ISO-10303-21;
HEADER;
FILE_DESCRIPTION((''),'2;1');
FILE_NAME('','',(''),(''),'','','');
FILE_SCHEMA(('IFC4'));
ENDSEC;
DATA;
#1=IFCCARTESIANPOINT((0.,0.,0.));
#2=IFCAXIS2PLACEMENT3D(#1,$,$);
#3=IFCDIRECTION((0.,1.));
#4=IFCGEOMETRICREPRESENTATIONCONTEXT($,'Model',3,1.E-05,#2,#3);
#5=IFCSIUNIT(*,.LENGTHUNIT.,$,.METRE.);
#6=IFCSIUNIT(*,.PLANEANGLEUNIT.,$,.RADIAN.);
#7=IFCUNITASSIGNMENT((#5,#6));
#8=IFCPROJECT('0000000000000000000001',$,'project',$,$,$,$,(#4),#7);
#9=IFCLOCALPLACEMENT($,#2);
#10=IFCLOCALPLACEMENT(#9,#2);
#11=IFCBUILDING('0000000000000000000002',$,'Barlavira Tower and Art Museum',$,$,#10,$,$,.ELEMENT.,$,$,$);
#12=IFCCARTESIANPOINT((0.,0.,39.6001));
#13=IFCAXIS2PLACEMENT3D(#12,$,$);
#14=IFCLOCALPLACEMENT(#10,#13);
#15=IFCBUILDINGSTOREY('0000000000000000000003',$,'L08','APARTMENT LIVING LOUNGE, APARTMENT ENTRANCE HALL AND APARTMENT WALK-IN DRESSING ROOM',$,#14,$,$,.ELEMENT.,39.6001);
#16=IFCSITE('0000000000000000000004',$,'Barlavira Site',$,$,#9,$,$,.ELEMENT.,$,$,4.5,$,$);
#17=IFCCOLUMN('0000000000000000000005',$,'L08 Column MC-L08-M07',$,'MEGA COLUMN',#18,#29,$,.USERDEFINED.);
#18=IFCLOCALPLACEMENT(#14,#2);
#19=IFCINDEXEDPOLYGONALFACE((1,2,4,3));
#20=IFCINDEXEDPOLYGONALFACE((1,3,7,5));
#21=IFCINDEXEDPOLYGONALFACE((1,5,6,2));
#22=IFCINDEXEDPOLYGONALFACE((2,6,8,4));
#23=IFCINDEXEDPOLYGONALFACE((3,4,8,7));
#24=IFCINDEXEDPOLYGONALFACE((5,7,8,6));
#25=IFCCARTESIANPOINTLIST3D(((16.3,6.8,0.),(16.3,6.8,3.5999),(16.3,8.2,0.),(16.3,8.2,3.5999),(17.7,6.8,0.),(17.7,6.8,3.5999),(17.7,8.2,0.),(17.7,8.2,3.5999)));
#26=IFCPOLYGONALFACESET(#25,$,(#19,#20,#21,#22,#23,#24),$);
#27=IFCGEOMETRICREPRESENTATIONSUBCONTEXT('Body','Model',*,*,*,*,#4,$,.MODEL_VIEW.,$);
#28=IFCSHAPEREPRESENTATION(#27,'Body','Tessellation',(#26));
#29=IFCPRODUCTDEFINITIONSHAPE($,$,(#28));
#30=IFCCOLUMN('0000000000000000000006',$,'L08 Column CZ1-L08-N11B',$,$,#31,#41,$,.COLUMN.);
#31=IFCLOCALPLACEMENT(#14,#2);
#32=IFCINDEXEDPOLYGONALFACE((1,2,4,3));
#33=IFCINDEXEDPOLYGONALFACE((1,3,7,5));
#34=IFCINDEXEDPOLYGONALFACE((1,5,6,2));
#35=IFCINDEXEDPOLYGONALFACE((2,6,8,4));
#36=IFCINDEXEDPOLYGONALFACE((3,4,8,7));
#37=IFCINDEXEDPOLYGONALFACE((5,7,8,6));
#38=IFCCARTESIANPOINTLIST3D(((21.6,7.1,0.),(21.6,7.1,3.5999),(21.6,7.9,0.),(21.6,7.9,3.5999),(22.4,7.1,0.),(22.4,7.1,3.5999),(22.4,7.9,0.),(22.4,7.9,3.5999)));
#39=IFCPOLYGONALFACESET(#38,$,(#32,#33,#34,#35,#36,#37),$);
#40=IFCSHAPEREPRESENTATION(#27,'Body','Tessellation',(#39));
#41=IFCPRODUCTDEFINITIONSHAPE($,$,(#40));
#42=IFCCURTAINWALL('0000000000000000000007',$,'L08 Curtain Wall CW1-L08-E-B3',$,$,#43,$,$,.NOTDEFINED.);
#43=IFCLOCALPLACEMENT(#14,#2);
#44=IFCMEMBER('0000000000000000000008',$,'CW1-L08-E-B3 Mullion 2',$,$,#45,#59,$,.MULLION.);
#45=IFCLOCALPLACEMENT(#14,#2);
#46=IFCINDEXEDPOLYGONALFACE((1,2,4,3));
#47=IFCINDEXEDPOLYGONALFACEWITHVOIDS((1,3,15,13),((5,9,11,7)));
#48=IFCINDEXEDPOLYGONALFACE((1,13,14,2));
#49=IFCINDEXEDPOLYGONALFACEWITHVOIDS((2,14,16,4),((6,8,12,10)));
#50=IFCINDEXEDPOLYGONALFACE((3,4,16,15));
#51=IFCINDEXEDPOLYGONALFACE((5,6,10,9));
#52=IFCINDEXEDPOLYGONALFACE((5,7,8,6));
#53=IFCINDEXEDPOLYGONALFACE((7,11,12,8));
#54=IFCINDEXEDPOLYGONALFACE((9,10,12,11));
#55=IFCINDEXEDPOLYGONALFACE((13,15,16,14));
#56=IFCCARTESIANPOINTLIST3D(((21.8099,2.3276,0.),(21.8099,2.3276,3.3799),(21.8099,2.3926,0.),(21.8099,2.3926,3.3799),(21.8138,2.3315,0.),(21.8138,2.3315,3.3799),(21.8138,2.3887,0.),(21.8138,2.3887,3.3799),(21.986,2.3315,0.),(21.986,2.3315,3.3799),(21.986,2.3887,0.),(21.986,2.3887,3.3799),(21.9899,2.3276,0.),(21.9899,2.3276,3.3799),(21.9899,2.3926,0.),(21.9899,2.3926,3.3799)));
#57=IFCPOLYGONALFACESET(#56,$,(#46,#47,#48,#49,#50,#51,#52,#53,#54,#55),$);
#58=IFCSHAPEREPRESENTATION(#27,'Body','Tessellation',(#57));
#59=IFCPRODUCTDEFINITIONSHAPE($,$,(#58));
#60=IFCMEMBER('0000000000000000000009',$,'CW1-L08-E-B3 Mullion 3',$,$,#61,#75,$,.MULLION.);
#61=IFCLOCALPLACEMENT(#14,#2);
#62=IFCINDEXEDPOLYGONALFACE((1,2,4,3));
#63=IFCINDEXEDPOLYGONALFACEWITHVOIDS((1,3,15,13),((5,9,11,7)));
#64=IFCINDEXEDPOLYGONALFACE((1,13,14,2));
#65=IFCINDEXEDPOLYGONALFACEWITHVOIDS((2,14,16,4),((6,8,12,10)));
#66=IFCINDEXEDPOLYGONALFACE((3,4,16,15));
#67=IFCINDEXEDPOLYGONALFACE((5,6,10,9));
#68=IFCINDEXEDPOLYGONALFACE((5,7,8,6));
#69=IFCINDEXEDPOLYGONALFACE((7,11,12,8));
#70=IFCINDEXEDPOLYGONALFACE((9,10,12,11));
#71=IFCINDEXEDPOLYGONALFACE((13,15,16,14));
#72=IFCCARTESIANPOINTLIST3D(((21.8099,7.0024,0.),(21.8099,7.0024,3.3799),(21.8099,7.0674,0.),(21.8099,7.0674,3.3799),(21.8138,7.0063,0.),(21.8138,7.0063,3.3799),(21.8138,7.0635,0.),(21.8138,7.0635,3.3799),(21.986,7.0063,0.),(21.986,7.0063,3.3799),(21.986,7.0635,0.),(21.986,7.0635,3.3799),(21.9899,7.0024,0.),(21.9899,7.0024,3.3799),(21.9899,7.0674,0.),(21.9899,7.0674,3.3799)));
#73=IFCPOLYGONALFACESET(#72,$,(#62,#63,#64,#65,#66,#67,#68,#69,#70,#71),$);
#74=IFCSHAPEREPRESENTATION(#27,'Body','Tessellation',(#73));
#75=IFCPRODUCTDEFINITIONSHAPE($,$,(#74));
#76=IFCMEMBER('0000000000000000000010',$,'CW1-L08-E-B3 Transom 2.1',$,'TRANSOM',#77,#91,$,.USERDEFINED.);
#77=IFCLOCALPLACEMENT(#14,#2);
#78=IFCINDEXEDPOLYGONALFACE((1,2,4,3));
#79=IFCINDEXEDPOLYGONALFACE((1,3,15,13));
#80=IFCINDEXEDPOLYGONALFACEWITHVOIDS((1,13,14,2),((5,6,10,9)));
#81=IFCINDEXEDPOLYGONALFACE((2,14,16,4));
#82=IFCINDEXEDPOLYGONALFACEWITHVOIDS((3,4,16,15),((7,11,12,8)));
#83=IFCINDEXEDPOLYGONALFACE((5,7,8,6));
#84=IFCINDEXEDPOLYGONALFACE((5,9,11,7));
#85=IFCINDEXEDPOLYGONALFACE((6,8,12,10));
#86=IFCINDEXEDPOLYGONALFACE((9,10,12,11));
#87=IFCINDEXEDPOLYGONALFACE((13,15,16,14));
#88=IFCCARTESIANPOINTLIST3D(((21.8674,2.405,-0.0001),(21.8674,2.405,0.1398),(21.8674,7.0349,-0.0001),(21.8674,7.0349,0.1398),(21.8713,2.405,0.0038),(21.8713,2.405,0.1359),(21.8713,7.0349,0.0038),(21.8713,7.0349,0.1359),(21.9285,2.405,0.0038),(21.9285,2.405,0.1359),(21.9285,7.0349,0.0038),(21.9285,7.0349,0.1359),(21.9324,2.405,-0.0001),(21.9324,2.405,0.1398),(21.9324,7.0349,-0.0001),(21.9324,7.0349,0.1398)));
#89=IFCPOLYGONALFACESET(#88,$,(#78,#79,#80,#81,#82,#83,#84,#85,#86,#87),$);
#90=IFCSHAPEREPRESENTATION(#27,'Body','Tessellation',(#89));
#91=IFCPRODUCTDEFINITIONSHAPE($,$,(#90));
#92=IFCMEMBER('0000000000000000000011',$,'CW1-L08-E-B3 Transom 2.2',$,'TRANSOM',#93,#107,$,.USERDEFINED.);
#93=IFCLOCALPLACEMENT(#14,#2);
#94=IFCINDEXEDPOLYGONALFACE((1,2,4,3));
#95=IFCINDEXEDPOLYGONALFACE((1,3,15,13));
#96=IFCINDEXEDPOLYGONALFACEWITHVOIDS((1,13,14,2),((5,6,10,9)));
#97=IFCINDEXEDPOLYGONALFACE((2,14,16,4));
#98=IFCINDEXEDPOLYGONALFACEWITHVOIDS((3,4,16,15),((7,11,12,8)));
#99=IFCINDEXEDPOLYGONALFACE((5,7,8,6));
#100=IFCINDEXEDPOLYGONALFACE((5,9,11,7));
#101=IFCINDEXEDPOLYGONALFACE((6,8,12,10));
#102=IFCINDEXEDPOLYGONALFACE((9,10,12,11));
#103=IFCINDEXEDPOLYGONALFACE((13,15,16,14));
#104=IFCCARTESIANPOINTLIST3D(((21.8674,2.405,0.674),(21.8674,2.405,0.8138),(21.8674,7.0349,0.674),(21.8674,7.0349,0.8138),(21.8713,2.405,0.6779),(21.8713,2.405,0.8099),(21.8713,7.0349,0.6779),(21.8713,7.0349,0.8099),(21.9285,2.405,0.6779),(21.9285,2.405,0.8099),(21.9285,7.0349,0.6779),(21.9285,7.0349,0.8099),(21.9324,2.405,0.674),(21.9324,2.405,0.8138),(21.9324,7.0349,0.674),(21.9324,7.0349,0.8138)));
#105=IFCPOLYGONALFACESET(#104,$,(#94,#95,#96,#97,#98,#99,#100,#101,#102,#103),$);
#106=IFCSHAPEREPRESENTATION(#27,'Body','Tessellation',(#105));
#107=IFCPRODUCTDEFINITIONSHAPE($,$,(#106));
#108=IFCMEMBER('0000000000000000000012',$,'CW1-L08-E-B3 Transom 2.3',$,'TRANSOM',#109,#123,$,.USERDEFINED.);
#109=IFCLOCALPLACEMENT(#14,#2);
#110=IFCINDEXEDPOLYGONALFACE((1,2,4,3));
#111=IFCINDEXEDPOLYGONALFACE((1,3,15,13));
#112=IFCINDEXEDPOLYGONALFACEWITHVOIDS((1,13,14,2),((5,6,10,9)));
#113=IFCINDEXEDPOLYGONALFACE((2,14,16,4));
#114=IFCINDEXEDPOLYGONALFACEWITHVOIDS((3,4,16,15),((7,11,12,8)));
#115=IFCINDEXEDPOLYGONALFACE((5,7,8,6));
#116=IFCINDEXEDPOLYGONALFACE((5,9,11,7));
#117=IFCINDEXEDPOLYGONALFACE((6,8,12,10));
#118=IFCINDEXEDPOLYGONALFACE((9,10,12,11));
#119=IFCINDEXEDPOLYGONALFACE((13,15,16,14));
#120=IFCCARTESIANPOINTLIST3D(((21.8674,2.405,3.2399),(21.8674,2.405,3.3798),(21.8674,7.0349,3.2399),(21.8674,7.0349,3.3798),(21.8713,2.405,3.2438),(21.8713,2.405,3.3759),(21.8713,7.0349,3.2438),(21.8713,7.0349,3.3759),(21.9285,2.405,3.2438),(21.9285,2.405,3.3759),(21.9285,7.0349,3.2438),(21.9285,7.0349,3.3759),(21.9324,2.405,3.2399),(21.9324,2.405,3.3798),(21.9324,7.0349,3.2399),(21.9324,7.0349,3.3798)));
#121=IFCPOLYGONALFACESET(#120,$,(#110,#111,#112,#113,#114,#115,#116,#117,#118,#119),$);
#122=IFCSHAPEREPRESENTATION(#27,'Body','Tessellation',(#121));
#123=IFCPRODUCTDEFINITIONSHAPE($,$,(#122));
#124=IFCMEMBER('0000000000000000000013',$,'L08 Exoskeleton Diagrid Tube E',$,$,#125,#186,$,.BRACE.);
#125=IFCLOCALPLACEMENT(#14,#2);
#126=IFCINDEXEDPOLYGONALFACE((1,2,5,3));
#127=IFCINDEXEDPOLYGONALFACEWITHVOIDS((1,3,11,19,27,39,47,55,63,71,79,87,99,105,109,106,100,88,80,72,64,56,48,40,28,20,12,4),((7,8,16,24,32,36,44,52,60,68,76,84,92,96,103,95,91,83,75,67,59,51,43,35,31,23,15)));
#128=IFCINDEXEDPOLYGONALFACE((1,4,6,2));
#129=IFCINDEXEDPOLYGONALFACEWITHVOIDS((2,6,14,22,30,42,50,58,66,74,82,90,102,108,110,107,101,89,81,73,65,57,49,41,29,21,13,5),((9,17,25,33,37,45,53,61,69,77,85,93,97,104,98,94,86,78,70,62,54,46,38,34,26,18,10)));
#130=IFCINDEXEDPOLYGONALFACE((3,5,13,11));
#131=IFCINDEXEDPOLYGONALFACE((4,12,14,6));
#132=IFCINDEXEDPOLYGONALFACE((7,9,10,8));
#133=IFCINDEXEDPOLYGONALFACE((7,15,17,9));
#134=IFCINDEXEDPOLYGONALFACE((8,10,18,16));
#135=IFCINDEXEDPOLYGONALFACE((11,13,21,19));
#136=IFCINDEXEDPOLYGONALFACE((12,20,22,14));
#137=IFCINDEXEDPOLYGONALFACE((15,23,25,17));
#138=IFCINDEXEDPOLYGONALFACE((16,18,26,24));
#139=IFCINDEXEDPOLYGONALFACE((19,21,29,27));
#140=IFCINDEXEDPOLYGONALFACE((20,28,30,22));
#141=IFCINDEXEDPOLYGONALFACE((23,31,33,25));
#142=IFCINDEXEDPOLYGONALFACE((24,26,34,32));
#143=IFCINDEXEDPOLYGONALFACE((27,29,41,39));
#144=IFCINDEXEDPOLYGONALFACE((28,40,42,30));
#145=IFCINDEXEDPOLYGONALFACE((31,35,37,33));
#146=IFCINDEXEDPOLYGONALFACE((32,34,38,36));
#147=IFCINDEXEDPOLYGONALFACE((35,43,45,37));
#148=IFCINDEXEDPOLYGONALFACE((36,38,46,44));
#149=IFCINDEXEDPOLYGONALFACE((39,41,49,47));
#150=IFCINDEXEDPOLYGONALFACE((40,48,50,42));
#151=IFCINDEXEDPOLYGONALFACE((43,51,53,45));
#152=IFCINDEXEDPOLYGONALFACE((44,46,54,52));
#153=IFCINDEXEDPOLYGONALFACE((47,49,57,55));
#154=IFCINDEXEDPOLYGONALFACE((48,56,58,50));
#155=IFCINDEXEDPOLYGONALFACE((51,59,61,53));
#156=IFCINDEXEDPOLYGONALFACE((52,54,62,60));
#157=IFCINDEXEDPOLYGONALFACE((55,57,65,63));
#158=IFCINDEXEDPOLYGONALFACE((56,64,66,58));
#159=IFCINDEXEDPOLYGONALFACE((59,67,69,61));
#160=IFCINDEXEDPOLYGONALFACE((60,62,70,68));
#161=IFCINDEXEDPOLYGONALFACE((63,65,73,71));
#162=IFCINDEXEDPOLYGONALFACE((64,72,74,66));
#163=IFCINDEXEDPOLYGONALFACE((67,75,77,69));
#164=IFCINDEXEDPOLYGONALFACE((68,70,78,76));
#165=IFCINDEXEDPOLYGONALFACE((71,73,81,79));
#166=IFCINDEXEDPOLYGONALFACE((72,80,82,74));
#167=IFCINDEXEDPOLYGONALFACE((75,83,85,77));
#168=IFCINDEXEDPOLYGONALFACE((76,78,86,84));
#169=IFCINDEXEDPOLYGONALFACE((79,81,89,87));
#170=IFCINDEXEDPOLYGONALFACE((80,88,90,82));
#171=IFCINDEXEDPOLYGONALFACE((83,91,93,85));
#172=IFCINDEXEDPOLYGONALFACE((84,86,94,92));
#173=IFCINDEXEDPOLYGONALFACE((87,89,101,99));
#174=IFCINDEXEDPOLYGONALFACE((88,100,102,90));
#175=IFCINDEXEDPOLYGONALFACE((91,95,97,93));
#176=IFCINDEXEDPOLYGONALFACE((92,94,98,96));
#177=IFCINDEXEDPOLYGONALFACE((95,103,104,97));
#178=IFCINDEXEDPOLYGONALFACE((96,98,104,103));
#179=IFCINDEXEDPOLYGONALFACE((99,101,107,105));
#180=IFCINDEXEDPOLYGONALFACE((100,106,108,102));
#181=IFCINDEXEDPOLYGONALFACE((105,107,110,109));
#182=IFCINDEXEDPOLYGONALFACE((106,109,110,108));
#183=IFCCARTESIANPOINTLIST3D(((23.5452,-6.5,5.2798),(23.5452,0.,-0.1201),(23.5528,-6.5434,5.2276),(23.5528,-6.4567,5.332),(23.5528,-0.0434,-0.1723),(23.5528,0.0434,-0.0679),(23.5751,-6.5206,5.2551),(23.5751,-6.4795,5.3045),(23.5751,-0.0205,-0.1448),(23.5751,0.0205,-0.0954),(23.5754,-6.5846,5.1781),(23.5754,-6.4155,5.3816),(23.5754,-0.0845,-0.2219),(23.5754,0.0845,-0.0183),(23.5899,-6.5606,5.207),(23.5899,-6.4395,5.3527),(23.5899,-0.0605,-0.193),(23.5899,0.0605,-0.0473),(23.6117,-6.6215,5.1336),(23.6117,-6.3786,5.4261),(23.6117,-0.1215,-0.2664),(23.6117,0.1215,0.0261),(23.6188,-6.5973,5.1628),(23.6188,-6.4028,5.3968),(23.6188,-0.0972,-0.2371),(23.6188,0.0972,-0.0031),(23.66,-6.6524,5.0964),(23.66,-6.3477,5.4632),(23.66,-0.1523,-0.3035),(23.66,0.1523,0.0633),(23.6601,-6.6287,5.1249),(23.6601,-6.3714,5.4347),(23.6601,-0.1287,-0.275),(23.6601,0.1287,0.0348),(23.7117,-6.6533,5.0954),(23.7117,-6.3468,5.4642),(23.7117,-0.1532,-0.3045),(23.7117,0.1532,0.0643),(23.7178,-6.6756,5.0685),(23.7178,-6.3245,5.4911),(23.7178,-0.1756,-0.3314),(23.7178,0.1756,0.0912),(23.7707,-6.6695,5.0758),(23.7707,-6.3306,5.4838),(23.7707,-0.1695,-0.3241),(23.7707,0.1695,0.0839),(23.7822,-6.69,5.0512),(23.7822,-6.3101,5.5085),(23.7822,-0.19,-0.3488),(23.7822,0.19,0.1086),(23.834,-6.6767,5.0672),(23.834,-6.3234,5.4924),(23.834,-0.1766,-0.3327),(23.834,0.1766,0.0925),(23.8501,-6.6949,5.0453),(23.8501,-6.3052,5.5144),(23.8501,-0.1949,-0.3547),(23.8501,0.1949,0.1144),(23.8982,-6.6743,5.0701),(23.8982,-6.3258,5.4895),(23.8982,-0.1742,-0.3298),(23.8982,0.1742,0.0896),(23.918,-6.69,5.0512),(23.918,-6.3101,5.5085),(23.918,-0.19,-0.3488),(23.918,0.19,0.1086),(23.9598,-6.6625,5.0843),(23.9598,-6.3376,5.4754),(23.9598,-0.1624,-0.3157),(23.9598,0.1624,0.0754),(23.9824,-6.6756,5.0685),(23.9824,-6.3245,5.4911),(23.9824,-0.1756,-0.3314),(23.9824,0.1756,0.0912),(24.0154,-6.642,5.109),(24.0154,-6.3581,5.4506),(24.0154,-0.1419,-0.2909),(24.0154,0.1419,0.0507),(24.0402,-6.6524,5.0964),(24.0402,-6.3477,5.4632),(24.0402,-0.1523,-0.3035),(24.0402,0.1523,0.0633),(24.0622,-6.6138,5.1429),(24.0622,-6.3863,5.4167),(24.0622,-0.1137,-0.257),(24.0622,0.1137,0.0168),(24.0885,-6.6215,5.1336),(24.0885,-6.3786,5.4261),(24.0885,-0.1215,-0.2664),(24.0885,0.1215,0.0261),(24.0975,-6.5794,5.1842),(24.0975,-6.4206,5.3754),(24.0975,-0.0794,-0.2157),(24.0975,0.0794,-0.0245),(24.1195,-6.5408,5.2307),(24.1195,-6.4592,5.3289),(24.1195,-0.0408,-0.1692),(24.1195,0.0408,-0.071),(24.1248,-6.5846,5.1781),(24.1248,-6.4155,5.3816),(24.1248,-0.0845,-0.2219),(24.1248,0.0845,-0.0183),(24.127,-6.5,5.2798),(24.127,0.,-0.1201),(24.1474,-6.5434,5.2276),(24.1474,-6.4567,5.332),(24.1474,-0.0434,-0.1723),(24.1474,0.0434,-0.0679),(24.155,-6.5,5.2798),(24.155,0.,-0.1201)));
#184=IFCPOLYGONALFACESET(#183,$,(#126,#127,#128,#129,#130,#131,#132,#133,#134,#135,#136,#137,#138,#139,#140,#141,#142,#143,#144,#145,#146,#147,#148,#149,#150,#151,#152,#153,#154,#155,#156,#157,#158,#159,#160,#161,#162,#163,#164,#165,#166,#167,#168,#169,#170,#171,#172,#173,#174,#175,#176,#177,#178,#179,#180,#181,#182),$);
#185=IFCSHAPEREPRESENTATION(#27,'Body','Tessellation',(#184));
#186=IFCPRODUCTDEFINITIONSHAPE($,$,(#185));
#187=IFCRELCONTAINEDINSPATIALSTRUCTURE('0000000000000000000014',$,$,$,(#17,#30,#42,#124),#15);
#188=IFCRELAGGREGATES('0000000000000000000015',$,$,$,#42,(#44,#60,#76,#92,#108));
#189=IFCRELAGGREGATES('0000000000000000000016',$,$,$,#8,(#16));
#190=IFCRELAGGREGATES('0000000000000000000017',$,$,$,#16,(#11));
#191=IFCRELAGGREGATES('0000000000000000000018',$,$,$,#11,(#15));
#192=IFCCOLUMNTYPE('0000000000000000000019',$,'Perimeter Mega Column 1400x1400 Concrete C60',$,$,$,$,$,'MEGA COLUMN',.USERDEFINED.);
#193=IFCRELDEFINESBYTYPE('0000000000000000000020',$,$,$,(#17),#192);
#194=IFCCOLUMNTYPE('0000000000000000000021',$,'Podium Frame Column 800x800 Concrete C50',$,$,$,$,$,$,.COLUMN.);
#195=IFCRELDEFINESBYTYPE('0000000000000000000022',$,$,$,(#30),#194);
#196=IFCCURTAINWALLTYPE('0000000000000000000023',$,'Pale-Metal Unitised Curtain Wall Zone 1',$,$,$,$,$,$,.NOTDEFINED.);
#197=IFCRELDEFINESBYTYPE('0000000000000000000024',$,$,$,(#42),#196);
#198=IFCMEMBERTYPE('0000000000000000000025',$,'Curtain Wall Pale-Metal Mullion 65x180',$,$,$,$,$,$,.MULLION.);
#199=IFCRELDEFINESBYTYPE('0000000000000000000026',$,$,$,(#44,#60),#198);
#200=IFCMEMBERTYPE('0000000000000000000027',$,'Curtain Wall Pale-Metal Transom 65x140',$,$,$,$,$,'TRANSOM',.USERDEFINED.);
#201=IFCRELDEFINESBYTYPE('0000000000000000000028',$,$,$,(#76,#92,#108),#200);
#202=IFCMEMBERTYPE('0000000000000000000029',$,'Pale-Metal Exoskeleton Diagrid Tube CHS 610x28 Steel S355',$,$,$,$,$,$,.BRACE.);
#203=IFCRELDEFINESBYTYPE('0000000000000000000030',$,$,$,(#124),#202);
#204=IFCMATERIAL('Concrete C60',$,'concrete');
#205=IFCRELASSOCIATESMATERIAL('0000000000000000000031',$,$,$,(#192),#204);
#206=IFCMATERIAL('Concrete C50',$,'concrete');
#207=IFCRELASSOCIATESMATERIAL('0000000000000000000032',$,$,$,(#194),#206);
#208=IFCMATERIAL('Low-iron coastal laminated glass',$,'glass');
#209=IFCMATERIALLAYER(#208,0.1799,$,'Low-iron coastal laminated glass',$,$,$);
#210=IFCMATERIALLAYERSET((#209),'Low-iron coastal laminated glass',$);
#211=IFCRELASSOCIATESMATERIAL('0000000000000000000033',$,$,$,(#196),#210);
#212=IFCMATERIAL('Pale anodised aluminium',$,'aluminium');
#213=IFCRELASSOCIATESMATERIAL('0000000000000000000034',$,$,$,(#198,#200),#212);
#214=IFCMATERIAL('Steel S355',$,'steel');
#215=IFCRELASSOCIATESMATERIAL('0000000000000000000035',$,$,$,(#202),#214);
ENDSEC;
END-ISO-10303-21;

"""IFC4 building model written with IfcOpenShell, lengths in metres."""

from ifc_helpers import new_model, si_unit, direction, frame, origin, origin_2d, place, context, subcontext, project, spatial, rectangle, hollow_rectangle, hollow_circle, extrude, material, layer, layer_set, material_profile, profile_set, type_object, element, aggregate, save


model = new_model("IFC4")

# Units and contexts
model_context = context("Model", 3, precision=1e-05, world=origin(), true_north=direction((0.0, 1.0)))
body_context = subcontext(model_context, "Body", "Model", "MODEL_VIEW")
ifc_project = project(units=[si_unit("LENGTHUNIT", "METRE"), si_unit("PLANEANGLEUNIT", "RADIAN")], contexts=[model_context])

# Site, building, storey
site_placement = place(None, origin())
site = spatial("IfcSite", under=ifc_project, at=site_placement, Name="Barlavira Site", CompositionType="ELEMENT", RefElevation=4.5)
building_placement = place(site_placement, origin())
building = spatial("IfcBuilding", under=site, at=building_placement, Name="Barlavira Tower and Art Museum", CompositionType="ELEMENT")
storey_placement = place(building_placement, frame((0.0, 0.0, 39.6001)))
storey = spatial("IfcBuildingStorey", under=building, at=storey_placement, Name="L08", Description="APARTMENT LIVING LOUNGE, APARTMENT ENTRANCE HALL AND APARTMENT WALK-IN DRESSING ROOM", CompositionType="ELEMENT", Elevation=39.6001)

# Columns
ifc_material_1 = material(Name="Concrete C60", Category="concrete")
ifc_material_profile_1 = material_profile(ifc_material_1, rectangle(XDim=1.3999, YDim=1.3999, at=origin_2d()), Name="RC-MCOL 1400x1400")
ifc_profile_set_1 = profile_set([ifc_material_profile_1], Name="Concrete C60")
column_type_1 = type_object("IfcColumnType", Name="Perimeter Mega Column 1400x1400 Concrete C60", ElementType="MEGA COLUMN", PredefinedType="USERDEFINED", material=ifc_profile_set_1)
column_1_placement = place(storey_placement, frame((17.0, 7.5, 0.0), z_axis=(0.0, 0.0, 1.0), x_axis=(1.0, 0.0, 0.0)))
element("IfcColumn", 1, at=column_1_placement, inside=storey, type_object=column_type_1, Name="L08 Column MC-L08-M07", ObjectType="MEGA COLUMN", PredefinedType="USERDEFINED", context=body_context, shape_type="SweptSolid", body=[
    extrude(rectangle(XDim=1.3999, YDim=1.3999, at=origin_2d()), origin(), (0.0, 0.0, 1.0), 3.5999),
])
ifc_material_2 = material(Name="Concrete C50", Category="concrete")
ifc_material_profile_2 = material_profile(ifc_material_2, rectangle(XDim=0.8, YDim=0.8, at=origin_2d()), Name="RC-COL 800x800")
ifc_profile_set_2 = profile_set([ifc_material_profile_2], Name="Concrete C50")
column_type_2 = type_object("IfcColumnType", Name="Podium Frame Column 800x800 Concrete C50", PredefinedType="COLUMN", material=ifc_profile_set_2)
column_2_placement = place(storey_placement, frame((22.0, 7.5, 0.0), z_axis=(0.0, 0.0, 1.0), x_axis=(1.0, 0.0, 0.0)))
element("IfcColumn", 2, at=column_2_placement, inside=storey, type_object=column_type_2, Name="L08 Column CZ1-L08-N11B", PredefinedType="COLUMN", context=body_context, shape_type="SweptSolid", body=[
    extrude(rectangle(XDim=0.8, YDim=0.8, at=origin_2d()), origin(), (0.0, 0.0, 1.0), 3.5999),
])

# Curtain wall, members
ifc_material_3 = material(Name="Low-iron coastal laminated glass", Category="glass")
ifc_layer_1 = layer(ifc_material_3, 0.1799, Name="Low-iron coastal laminated glass")
ifc_layer_set_1 = layer_set([ifc_layer_1], Name="Low-iron coastal laminated glass")
curtain_wall_type = type_object("IfcCurtainWallType", Name="Pale-Metal Unitised Curtain Wall Zone 1", PredefinedType="NOTDEFINED", material=ifc_layer_set_1)
curtain_wall_placement = place(storey_placement, origin())
curtain_wall = element("IfcCurtainWall", 3, at=curtain_wall_placement, inside=storey, type_object=curtain_wall_type, Name="L08 Curtain Wall CW1-L08-E-B3", PredefinedType="NOTDEFINED")
ifc_material_4 = material(Name="Pale anodised aluminium", Category="aluminium")
ifc_material_profile_3 = material_profile(ifc_material_4, hollow_rectangle(XDim=0.0649, YDim=0.1799, WallThickness=0.0039, at=origin_2d()), Name="ALU-MULL 65x180x4")
ifc_profile_set_3 = profile_set([ifc_material_profile_3], Name="Pale anodised aluminium")
member_type_1 = type_object("IfcMemberType", Name="Curtain Wall Pale-Metal Mullion 65x180", PredefinedType="MULLION", material=ifc_profile_set_3)
member_1_placement = place(storey_placement, frame((21.8999, 2.3601, 0.0), z_axis=(0.0, 0.0, 1.0), x_axis=(0.0, 1.0, 0.0)))
member_1 = element("IfcMember", 4, at=member_1_placement, type_object=member_type_1, Name="CW1-L08-E-B3 Mullion 2", PredefinedType="MULLION", context=body_context, shape_type="SweptSolid", body=[
    extrude(hollow_rectangle(XDim=0.0649, YDim=0.1799, WallThickness=0.0039, at=origin_2d()), origin(), (0.0, 0.0, 1.0), 3.3799),
])
member_2_placement = place(storey_placement, frame((21.8999, 7.0349, 0.0), z_axis=(0.0, 0.0, 1.0), x_axis=(0.0, 1.0, 0.0)))
member_2 = element("IfcMember", 5, at=member_2_placement, type_object=member_type_1, Name="CW1-L08-E-B3 Mullion 3", PredefinedType="MULLION", context=body_context, shape_type="SweptSolid", body=[
    extrude(hollow_rectangle(XDim=0.0649, YDim=0.1799, WallThickness=0.0039, at=origin_2d()), origin(), (0.0, 0.0, 1.0), 3.3799),
])
ifc_material_profile_4 = material_profile(ifc_material_4, hollow_rectangle(XDim=0.0649, YDim=0.1399, WallThickness=0.0039, at=origin_2d()), Name="ALU-TRAN 65x140x4")
ifc_profile_set_4 = profile_set([ifc_material_profile_4], Name="Pale anodised aluminium")
member_type_2 = type_object("IfcMemberType", Name="Curtain Wall Pale-Metal Transom 65x140", ElementType="TRANSOM", PredefinedType="USERDEFINED", material=ifc_profile_set_4)
member_3_placement = place(storey_placement, frame((21.8999, 2.405, 0.0698), z_axis=(0.0, 1.0, 0.0), x_axis=(-1.0, 0.0, 0.0)))
member_3 = element("IfcMember", 6, at=member_3_placement, type_object=member_type_2, Name="CW1-L08-E-B3 Transom 2.1", ObjectType="TRANSOM", PredefinedType="USERDEFINED", context=body_context, shape_type="SweptSolid", body=[
    extrude(hollow_rectangle(XDim=0.0649, YDim=0.1399, WallThickness=0.0039, at=origin_2d()), origin(), (0.0, 0.0, 1.0), 4.6299),
])
member_4_placement = place(storey_placement, frame((21.8999, 2.405, 0.7439), z_axis=(0.0, 1.0, 0.0), x_axis=(-1.0, 0.0, 0.0)))
member_4 = element("IfcMember", 7, at=member_4_placement, type_object=member_type_2, Name="CW1-L08-E-B3 Transom 2.2", ObjectType="TRANSOM", PredefinedType="USERDEFINED", context=body_context, shape_type="SweptSolid", body=[
    extrude(hollow_rectangle(XDim=0.0649, YDim=0.1399, WallThickness=0.0039, at=origin_2d()), origin(), (0.0, 0.0, 1.0), 4.6299),
])
member_5_placement = place(storey_placement, frame((21.8999, 2.405, 3.3098), z_axis=(0.0, 1.0, 0.0), x_axis=(-1.0, 0.0, 0.0)))
member_5 = element("IfcMember", 8, at=member_5_placement, type_object=member_type_2, Name="CW1-L08-E-B3 Transom 2.3", ObjectType="TRANSOM", PredefinedType="USERDEFINED", context=body_context, shape_type="SweptSolid", body=[
    extrude(hollow_rectangle(XDim=0.0649, YDim=0.1399, WallThickness=0.0039, at=origin_2d()), origin(), (0.0, 0.0, 1.0), 4.6299),
])

# Member
ifc_material_5 = material(Name="Steel S355", Category="steel")
ifc_material_profile_5 = material_profile(ifc_material_5, hollow_circle(Radius=0.3049, WallThickness=0.0281, at=origin_2d()), Name="CHS 610.0x28.0")
ifc_profile_set_5 = profile_set([ifc_material_profile_5], Name="Steel S355")
member_type_3 = type_object("IfcMemberType", Name="Pale-Metal Exoskeleton Diagrid Tube CHS 610x28 Steel S355", PredefinedType="BRACE", material=ifc_profile_set_5)
for number, where, z_axis, x_axis, name in (
    (9, (23.8501, 0.0, -0.1201), (0.0, -0.769196, 0.639013), (1.0, 0.0, 0.0), "L08 Exoskeleton Diagrid Tube E"),
):
    element("IfcMember", number, at=place(storey_placement, frame(where, z_axis=z_axis, x_axis=x_axis)), inside=storey, type_object=member_type_3, Name=name, PredefinedType="BRACE", context=body_context, shape_type="SweptSolid", body=[
        extrude(hollow_circle(Radius=0.3049, WallThickness=0.0281, at=origin_2d()), origin(), (0.0, 0.0, 1.0), 8.4504),
    ])

aggregate(curtain_wall, [member_1, member_2, member_3, member_4, member_5])

save(model, "model.ifc")
